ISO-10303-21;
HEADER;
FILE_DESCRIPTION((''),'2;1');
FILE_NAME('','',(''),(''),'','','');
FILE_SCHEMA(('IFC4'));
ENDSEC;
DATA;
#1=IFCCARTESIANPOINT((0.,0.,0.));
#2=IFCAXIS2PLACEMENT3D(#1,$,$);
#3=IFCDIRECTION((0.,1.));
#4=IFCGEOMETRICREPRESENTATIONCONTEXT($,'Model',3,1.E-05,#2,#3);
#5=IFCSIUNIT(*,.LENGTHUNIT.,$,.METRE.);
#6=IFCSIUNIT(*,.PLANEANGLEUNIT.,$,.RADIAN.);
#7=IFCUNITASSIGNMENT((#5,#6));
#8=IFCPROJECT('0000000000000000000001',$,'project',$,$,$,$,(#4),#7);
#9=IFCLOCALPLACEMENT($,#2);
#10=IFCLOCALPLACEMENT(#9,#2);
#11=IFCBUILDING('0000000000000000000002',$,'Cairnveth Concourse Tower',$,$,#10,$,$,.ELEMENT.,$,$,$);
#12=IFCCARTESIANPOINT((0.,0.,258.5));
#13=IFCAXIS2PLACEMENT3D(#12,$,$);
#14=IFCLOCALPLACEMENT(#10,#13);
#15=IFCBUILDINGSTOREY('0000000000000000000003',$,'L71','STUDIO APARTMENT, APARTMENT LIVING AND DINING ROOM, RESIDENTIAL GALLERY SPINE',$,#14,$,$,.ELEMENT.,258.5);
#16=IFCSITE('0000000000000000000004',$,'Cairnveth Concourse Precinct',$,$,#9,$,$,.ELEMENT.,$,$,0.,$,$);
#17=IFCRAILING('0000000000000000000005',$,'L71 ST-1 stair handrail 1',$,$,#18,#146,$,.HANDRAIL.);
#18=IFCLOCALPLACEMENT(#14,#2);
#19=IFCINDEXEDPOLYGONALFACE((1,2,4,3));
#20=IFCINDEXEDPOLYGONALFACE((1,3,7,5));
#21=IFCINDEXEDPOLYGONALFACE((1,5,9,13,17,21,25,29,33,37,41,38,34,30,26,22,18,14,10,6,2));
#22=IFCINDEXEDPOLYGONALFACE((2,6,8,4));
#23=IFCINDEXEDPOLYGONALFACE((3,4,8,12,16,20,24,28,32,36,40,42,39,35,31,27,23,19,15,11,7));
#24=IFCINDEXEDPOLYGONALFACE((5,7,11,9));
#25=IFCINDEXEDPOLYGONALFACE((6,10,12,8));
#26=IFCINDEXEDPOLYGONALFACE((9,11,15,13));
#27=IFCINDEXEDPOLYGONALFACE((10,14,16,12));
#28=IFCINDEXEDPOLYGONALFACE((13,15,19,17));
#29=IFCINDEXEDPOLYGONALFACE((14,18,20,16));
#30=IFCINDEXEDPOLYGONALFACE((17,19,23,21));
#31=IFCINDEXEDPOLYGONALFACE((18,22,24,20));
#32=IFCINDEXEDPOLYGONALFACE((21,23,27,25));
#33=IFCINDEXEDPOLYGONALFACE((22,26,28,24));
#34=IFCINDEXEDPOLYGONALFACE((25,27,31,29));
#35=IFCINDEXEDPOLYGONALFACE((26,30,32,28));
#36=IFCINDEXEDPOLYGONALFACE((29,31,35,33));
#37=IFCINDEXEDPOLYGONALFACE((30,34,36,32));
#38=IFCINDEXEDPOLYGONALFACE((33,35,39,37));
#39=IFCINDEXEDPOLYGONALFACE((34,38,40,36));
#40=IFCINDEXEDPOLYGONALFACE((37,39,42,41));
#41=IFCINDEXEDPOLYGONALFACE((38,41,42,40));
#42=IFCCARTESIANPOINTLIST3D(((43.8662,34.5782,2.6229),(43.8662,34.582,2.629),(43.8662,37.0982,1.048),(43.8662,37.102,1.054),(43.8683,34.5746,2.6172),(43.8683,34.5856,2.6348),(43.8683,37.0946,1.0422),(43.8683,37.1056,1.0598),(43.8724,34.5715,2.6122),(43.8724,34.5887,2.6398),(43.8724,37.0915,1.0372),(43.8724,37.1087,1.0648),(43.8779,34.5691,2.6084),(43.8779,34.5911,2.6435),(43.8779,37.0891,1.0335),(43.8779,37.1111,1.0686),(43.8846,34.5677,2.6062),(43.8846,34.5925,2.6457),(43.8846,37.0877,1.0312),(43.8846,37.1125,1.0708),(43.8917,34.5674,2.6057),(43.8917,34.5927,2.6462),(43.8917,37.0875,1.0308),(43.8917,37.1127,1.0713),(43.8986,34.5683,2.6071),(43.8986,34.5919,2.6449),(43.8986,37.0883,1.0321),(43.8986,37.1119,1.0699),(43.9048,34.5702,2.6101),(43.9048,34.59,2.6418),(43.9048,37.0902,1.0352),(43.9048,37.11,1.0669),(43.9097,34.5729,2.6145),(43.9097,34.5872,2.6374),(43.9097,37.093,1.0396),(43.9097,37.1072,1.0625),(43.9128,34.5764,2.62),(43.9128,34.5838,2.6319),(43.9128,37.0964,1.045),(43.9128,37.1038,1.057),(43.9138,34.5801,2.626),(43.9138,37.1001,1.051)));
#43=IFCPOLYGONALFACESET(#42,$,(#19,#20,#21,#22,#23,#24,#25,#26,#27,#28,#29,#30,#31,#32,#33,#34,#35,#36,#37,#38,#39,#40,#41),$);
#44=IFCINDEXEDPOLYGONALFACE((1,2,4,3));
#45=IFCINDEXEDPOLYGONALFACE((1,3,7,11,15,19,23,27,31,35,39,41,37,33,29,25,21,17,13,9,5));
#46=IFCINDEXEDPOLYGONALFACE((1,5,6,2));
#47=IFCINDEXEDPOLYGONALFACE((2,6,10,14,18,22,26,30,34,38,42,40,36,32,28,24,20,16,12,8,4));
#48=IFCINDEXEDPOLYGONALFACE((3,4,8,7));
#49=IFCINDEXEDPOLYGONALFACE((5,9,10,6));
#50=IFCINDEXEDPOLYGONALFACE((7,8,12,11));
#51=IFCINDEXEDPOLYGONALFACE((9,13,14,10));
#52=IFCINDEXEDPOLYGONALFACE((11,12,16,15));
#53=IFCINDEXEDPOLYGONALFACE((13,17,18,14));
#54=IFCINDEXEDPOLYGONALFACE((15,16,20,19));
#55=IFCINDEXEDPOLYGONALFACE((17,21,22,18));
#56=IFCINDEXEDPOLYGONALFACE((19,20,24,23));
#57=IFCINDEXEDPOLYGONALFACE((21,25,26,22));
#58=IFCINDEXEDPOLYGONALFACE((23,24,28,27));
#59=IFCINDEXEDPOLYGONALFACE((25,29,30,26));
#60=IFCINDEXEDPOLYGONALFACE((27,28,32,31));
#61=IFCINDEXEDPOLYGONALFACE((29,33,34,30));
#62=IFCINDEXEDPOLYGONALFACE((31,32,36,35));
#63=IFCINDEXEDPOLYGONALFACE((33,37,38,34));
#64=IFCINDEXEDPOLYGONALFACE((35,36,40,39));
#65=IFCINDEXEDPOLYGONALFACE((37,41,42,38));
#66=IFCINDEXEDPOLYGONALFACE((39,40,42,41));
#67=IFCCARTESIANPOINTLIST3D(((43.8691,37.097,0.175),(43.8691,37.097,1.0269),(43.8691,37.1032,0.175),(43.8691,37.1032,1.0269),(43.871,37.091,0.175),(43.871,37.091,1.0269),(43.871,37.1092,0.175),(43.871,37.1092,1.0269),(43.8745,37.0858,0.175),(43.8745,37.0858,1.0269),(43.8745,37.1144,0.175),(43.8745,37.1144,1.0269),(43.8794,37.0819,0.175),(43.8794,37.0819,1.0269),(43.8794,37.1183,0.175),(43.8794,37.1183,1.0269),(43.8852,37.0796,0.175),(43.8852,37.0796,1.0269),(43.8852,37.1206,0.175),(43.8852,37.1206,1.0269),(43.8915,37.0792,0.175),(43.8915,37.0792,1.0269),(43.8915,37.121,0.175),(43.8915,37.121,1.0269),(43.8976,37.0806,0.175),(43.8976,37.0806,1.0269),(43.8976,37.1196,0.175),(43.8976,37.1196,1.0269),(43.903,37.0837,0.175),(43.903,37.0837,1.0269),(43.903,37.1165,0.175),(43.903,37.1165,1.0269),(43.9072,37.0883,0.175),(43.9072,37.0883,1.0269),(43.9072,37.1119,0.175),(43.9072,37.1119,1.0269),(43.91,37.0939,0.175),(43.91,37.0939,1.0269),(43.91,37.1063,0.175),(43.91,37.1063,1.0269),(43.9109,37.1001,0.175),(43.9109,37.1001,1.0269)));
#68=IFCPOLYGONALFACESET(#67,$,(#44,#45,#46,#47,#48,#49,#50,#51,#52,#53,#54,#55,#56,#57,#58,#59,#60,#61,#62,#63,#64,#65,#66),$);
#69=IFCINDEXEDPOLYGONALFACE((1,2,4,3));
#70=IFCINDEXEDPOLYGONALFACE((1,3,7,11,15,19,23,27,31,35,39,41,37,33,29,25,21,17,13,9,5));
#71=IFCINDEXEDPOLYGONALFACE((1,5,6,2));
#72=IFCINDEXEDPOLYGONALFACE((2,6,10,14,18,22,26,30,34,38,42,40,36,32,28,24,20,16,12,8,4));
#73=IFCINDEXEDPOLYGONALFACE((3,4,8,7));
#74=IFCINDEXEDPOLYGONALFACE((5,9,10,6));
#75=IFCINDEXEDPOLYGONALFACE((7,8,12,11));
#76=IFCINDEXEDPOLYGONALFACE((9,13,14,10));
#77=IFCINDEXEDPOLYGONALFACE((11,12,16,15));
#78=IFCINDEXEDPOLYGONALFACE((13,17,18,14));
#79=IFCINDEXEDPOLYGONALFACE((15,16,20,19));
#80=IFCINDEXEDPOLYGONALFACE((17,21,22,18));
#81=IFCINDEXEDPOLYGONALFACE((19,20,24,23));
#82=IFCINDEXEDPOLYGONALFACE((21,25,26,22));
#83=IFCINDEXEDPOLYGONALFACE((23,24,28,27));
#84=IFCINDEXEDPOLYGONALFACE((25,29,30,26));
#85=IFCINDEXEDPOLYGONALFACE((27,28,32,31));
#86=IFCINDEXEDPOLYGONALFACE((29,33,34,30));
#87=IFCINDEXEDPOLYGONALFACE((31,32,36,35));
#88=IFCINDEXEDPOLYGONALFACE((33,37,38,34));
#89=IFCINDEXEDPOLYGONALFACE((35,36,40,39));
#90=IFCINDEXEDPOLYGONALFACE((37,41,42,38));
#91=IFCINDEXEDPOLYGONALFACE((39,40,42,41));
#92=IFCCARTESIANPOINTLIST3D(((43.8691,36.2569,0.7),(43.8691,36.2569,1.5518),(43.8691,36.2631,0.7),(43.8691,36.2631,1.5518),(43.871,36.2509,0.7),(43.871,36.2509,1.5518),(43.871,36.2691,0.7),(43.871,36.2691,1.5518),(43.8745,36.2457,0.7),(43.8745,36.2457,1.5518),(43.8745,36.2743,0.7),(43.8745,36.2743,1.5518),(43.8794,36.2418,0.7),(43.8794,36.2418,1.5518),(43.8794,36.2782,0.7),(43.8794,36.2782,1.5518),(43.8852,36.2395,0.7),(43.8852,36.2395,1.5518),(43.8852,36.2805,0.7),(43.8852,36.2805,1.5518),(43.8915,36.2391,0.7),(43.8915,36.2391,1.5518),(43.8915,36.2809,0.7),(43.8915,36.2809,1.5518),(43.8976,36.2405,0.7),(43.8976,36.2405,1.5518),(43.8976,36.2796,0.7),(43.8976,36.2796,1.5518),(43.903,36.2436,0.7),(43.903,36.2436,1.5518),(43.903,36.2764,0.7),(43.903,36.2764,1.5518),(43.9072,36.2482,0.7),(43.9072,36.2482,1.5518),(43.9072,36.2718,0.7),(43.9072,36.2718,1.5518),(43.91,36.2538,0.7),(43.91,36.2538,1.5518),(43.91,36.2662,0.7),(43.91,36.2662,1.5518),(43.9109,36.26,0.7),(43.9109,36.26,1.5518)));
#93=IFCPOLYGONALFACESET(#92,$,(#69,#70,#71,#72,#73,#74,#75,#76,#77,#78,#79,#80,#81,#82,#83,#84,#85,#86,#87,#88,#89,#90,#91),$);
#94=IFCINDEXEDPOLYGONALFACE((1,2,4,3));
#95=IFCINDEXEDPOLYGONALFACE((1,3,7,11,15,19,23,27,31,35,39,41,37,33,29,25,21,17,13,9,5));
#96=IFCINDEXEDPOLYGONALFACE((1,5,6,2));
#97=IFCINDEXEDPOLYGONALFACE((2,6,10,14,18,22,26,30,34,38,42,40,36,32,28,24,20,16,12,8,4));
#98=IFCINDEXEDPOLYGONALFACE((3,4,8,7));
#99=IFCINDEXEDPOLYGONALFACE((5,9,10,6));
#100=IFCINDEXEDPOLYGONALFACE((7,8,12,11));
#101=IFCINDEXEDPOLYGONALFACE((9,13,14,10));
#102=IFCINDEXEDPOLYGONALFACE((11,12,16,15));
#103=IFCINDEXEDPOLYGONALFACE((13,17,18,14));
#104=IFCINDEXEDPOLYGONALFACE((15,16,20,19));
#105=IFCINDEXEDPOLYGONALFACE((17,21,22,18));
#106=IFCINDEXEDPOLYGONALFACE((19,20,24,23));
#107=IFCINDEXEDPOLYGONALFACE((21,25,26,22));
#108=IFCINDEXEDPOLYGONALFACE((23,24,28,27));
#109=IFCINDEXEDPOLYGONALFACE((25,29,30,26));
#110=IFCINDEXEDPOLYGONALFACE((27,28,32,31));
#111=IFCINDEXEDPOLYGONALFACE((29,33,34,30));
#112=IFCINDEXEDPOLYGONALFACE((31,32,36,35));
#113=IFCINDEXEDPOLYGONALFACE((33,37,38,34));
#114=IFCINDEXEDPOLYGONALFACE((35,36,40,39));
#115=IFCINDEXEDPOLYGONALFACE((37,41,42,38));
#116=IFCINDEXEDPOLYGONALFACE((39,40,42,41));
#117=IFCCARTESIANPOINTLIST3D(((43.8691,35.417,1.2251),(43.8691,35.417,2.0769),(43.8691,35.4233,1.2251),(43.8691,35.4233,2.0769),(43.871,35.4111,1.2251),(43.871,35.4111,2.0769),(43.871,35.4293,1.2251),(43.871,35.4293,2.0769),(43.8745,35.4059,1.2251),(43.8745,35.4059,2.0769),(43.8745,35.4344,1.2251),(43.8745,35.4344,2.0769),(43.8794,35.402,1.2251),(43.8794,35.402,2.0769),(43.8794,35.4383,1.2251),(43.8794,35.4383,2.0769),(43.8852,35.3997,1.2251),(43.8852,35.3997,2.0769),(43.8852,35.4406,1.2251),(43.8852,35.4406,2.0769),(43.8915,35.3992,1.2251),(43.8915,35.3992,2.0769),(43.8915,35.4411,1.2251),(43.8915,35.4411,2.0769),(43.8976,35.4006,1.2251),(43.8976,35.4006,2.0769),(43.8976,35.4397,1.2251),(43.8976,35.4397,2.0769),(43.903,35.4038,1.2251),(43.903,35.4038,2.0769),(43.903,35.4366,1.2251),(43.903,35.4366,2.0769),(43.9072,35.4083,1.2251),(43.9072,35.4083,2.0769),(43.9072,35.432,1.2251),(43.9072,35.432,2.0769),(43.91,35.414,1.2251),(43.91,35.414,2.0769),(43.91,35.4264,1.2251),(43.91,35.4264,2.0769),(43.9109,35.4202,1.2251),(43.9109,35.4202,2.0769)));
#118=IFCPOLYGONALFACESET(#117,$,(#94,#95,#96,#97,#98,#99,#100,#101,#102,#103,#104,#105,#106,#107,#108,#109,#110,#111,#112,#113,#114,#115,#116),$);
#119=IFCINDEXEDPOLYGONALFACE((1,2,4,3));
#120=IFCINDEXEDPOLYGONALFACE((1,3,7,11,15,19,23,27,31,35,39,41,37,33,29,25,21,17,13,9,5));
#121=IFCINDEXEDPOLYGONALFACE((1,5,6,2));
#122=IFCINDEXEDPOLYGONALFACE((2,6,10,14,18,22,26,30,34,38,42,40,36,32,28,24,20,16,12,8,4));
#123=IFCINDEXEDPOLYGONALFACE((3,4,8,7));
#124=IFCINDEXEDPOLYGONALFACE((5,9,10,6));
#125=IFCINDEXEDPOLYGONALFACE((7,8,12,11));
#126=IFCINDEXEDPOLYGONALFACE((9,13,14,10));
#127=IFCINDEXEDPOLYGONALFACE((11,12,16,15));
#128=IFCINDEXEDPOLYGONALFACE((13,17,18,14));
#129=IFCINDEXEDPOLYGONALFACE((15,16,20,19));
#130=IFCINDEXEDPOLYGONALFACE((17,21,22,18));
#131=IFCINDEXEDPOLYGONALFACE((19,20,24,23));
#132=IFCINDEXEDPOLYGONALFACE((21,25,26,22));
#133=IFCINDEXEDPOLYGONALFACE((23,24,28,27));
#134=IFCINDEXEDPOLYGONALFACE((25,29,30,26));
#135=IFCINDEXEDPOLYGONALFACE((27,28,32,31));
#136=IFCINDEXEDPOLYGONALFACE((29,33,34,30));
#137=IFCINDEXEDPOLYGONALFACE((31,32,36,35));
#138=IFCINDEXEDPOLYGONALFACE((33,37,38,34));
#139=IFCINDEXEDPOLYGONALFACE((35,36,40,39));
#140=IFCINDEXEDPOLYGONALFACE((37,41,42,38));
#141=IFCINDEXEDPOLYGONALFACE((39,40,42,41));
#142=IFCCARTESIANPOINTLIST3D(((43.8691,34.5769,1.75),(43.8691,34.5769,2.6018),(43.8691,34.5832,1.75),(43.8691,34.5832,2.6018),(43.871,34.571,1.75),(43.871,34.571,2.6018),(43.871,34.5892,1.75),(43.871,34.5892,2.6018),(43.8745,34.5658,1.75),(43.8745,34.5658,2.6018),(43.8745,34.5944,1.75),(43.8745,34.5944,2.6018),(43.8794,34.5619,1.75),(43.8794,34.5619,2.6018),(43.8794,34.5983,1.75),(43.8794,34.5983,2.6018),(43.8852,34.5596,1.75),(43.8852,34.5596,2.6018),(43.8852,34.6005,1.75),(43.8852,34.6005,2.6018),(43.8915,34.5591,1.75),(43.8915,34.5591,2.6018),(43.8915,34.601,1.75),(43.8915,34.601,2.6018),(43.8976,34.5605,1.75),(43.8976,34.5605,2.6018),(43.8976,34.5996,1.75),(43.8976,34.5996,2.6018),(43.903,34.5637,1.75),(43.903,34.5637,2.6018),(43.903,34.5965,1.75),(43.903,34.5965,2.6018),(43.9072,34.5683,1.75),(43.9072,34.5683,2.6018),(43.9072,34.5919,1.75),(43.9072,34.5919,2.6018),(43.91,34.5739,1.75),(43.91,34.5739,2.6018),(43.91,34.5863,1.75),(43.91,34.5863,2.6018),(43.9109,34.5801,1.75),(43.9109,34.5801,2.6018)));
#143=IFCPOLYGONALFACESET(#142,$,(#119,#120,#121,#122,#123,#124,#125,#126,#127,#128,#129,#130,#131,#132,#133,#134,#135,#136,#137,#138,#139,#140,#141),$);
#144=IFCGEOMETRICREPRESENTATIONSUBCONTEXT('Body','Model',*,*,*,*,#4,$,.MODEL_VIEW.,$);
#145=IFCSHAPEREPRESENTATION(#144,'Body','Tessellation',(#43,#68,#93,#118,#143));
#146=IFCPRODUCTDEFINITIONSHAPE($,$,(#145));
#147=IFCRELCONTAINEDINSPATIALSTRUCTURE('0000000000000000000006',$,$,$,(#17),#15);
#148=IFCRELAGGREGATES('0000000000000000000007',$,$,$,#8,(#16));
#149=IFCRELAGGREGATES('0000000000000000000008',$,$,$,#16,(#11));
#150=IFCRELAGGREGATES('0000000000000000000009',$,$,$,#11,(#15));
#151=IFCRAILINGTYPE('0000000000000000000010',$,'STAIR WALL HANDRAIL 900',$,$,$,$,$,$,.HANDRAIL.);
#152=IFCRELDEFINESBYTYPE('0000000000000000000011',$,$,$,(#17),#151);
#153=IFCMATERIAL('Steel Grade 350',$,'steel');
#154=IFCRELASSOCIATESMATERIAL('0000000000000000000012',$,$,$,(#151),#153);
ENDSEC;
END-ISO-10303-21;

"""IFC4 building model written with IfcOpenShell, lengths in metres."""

from ifc_helpers import new_model, si_unit, direction, frame, origin, origin_2d, place, context, subcontext, project, spatial, circle, extrude, material, type_object, element, save


model = new_model("IFC4")

# Units and contexts
model_context = context("Model", 3, precision=1e-05, world=origin(), true_north=direction((0.0, 1.0)))
body_context = subcontext(model_context, "Body", "Model", "MODEL_VIEW")
ifc_project = project(units=[si_unit("LENGTHUNIT", "METRE"), si_unit("PLANEANGLEUNIT", "RADIAN")], contexts=[model_context])

# Site, building, storey
site_placement = place(None, origin())
site = spatial("IfcSite", under=ifc_project, at=site_placement, Name="Cairnveth Concourse Precinct", CompositionType="ELEMENT", RefElevation=0.0)
building_placement = place(site_placement, origin())
building = spatial("IfcBuilding", under=site, at=building_placement, Name="Cairnveth Concourse Tower", CompositionType="ELEMENT")
storey_placement = place(building_placement, frame((0.0, 0.0, 258.5)))
storey = spatial("IfcBuildingStorey", under=building, at=storey_placement, Name="L71", Description="STUDIO APARTMENT, APARTMENT LIVING AND DINING ROOM, RESIDENTIAL GALLERY SPINE", CompositionType="ELEMENT", Elevation=258.5)

# Shared definitions
ifc_material_1 = material(Name="Steel Grade 350", Category="steel")

# Railing
railing_type_1 = type_object("IfcRailingType", Name="STAIR WALL HANDRAIL 900", PredefinedType="HANDRAIL", material=ifc_material_1)
railing_1_placement = place(storey_placement, frame((43.8899, 37.1001, 0.175)))
element("IfcRailing", 1, at=railing_1_placement, inside=storey, type_object=railing_type_1, Name="L71 ST-1 stair handrail 1", PredefinedType="HANDRAIL", context=body_context, shape_type="SweptSolid", body=[
    extrude(circle(Radius=0.0239, at=origin_2d()), frame((0.0, 0.0, 0.876), z_axis=(0.0, -0.848008, 0.529984), x_axis=(1.0, 0.0, 0.0)), (0.0, 0.0, 1.0), 2.9717),
    extrude(circle(Radius=0.021, at=origin_2d()), origin(), (0.0, 0.0, 1.0), 0.8518),
    extrude(circle(Radius=0.021, at=origin_2d()), frame((0.0, -0.8401, 0.5249)), (0.0, 0.0, 1.0), 0.8518),
    extrude(circle(Radius=0.021, at=origin_2d()), frame((0.0, -1.6799, 1.05)), (0.0, 0.0, 1.0), 0.8518),
    extrude(circle(Radius=0.021, at=origin_2d()), frame((0.0, -2.52, 1.575)), (0.0, 0.0, 1.0), 0.8518),
])

save(model, "model.ifc")
